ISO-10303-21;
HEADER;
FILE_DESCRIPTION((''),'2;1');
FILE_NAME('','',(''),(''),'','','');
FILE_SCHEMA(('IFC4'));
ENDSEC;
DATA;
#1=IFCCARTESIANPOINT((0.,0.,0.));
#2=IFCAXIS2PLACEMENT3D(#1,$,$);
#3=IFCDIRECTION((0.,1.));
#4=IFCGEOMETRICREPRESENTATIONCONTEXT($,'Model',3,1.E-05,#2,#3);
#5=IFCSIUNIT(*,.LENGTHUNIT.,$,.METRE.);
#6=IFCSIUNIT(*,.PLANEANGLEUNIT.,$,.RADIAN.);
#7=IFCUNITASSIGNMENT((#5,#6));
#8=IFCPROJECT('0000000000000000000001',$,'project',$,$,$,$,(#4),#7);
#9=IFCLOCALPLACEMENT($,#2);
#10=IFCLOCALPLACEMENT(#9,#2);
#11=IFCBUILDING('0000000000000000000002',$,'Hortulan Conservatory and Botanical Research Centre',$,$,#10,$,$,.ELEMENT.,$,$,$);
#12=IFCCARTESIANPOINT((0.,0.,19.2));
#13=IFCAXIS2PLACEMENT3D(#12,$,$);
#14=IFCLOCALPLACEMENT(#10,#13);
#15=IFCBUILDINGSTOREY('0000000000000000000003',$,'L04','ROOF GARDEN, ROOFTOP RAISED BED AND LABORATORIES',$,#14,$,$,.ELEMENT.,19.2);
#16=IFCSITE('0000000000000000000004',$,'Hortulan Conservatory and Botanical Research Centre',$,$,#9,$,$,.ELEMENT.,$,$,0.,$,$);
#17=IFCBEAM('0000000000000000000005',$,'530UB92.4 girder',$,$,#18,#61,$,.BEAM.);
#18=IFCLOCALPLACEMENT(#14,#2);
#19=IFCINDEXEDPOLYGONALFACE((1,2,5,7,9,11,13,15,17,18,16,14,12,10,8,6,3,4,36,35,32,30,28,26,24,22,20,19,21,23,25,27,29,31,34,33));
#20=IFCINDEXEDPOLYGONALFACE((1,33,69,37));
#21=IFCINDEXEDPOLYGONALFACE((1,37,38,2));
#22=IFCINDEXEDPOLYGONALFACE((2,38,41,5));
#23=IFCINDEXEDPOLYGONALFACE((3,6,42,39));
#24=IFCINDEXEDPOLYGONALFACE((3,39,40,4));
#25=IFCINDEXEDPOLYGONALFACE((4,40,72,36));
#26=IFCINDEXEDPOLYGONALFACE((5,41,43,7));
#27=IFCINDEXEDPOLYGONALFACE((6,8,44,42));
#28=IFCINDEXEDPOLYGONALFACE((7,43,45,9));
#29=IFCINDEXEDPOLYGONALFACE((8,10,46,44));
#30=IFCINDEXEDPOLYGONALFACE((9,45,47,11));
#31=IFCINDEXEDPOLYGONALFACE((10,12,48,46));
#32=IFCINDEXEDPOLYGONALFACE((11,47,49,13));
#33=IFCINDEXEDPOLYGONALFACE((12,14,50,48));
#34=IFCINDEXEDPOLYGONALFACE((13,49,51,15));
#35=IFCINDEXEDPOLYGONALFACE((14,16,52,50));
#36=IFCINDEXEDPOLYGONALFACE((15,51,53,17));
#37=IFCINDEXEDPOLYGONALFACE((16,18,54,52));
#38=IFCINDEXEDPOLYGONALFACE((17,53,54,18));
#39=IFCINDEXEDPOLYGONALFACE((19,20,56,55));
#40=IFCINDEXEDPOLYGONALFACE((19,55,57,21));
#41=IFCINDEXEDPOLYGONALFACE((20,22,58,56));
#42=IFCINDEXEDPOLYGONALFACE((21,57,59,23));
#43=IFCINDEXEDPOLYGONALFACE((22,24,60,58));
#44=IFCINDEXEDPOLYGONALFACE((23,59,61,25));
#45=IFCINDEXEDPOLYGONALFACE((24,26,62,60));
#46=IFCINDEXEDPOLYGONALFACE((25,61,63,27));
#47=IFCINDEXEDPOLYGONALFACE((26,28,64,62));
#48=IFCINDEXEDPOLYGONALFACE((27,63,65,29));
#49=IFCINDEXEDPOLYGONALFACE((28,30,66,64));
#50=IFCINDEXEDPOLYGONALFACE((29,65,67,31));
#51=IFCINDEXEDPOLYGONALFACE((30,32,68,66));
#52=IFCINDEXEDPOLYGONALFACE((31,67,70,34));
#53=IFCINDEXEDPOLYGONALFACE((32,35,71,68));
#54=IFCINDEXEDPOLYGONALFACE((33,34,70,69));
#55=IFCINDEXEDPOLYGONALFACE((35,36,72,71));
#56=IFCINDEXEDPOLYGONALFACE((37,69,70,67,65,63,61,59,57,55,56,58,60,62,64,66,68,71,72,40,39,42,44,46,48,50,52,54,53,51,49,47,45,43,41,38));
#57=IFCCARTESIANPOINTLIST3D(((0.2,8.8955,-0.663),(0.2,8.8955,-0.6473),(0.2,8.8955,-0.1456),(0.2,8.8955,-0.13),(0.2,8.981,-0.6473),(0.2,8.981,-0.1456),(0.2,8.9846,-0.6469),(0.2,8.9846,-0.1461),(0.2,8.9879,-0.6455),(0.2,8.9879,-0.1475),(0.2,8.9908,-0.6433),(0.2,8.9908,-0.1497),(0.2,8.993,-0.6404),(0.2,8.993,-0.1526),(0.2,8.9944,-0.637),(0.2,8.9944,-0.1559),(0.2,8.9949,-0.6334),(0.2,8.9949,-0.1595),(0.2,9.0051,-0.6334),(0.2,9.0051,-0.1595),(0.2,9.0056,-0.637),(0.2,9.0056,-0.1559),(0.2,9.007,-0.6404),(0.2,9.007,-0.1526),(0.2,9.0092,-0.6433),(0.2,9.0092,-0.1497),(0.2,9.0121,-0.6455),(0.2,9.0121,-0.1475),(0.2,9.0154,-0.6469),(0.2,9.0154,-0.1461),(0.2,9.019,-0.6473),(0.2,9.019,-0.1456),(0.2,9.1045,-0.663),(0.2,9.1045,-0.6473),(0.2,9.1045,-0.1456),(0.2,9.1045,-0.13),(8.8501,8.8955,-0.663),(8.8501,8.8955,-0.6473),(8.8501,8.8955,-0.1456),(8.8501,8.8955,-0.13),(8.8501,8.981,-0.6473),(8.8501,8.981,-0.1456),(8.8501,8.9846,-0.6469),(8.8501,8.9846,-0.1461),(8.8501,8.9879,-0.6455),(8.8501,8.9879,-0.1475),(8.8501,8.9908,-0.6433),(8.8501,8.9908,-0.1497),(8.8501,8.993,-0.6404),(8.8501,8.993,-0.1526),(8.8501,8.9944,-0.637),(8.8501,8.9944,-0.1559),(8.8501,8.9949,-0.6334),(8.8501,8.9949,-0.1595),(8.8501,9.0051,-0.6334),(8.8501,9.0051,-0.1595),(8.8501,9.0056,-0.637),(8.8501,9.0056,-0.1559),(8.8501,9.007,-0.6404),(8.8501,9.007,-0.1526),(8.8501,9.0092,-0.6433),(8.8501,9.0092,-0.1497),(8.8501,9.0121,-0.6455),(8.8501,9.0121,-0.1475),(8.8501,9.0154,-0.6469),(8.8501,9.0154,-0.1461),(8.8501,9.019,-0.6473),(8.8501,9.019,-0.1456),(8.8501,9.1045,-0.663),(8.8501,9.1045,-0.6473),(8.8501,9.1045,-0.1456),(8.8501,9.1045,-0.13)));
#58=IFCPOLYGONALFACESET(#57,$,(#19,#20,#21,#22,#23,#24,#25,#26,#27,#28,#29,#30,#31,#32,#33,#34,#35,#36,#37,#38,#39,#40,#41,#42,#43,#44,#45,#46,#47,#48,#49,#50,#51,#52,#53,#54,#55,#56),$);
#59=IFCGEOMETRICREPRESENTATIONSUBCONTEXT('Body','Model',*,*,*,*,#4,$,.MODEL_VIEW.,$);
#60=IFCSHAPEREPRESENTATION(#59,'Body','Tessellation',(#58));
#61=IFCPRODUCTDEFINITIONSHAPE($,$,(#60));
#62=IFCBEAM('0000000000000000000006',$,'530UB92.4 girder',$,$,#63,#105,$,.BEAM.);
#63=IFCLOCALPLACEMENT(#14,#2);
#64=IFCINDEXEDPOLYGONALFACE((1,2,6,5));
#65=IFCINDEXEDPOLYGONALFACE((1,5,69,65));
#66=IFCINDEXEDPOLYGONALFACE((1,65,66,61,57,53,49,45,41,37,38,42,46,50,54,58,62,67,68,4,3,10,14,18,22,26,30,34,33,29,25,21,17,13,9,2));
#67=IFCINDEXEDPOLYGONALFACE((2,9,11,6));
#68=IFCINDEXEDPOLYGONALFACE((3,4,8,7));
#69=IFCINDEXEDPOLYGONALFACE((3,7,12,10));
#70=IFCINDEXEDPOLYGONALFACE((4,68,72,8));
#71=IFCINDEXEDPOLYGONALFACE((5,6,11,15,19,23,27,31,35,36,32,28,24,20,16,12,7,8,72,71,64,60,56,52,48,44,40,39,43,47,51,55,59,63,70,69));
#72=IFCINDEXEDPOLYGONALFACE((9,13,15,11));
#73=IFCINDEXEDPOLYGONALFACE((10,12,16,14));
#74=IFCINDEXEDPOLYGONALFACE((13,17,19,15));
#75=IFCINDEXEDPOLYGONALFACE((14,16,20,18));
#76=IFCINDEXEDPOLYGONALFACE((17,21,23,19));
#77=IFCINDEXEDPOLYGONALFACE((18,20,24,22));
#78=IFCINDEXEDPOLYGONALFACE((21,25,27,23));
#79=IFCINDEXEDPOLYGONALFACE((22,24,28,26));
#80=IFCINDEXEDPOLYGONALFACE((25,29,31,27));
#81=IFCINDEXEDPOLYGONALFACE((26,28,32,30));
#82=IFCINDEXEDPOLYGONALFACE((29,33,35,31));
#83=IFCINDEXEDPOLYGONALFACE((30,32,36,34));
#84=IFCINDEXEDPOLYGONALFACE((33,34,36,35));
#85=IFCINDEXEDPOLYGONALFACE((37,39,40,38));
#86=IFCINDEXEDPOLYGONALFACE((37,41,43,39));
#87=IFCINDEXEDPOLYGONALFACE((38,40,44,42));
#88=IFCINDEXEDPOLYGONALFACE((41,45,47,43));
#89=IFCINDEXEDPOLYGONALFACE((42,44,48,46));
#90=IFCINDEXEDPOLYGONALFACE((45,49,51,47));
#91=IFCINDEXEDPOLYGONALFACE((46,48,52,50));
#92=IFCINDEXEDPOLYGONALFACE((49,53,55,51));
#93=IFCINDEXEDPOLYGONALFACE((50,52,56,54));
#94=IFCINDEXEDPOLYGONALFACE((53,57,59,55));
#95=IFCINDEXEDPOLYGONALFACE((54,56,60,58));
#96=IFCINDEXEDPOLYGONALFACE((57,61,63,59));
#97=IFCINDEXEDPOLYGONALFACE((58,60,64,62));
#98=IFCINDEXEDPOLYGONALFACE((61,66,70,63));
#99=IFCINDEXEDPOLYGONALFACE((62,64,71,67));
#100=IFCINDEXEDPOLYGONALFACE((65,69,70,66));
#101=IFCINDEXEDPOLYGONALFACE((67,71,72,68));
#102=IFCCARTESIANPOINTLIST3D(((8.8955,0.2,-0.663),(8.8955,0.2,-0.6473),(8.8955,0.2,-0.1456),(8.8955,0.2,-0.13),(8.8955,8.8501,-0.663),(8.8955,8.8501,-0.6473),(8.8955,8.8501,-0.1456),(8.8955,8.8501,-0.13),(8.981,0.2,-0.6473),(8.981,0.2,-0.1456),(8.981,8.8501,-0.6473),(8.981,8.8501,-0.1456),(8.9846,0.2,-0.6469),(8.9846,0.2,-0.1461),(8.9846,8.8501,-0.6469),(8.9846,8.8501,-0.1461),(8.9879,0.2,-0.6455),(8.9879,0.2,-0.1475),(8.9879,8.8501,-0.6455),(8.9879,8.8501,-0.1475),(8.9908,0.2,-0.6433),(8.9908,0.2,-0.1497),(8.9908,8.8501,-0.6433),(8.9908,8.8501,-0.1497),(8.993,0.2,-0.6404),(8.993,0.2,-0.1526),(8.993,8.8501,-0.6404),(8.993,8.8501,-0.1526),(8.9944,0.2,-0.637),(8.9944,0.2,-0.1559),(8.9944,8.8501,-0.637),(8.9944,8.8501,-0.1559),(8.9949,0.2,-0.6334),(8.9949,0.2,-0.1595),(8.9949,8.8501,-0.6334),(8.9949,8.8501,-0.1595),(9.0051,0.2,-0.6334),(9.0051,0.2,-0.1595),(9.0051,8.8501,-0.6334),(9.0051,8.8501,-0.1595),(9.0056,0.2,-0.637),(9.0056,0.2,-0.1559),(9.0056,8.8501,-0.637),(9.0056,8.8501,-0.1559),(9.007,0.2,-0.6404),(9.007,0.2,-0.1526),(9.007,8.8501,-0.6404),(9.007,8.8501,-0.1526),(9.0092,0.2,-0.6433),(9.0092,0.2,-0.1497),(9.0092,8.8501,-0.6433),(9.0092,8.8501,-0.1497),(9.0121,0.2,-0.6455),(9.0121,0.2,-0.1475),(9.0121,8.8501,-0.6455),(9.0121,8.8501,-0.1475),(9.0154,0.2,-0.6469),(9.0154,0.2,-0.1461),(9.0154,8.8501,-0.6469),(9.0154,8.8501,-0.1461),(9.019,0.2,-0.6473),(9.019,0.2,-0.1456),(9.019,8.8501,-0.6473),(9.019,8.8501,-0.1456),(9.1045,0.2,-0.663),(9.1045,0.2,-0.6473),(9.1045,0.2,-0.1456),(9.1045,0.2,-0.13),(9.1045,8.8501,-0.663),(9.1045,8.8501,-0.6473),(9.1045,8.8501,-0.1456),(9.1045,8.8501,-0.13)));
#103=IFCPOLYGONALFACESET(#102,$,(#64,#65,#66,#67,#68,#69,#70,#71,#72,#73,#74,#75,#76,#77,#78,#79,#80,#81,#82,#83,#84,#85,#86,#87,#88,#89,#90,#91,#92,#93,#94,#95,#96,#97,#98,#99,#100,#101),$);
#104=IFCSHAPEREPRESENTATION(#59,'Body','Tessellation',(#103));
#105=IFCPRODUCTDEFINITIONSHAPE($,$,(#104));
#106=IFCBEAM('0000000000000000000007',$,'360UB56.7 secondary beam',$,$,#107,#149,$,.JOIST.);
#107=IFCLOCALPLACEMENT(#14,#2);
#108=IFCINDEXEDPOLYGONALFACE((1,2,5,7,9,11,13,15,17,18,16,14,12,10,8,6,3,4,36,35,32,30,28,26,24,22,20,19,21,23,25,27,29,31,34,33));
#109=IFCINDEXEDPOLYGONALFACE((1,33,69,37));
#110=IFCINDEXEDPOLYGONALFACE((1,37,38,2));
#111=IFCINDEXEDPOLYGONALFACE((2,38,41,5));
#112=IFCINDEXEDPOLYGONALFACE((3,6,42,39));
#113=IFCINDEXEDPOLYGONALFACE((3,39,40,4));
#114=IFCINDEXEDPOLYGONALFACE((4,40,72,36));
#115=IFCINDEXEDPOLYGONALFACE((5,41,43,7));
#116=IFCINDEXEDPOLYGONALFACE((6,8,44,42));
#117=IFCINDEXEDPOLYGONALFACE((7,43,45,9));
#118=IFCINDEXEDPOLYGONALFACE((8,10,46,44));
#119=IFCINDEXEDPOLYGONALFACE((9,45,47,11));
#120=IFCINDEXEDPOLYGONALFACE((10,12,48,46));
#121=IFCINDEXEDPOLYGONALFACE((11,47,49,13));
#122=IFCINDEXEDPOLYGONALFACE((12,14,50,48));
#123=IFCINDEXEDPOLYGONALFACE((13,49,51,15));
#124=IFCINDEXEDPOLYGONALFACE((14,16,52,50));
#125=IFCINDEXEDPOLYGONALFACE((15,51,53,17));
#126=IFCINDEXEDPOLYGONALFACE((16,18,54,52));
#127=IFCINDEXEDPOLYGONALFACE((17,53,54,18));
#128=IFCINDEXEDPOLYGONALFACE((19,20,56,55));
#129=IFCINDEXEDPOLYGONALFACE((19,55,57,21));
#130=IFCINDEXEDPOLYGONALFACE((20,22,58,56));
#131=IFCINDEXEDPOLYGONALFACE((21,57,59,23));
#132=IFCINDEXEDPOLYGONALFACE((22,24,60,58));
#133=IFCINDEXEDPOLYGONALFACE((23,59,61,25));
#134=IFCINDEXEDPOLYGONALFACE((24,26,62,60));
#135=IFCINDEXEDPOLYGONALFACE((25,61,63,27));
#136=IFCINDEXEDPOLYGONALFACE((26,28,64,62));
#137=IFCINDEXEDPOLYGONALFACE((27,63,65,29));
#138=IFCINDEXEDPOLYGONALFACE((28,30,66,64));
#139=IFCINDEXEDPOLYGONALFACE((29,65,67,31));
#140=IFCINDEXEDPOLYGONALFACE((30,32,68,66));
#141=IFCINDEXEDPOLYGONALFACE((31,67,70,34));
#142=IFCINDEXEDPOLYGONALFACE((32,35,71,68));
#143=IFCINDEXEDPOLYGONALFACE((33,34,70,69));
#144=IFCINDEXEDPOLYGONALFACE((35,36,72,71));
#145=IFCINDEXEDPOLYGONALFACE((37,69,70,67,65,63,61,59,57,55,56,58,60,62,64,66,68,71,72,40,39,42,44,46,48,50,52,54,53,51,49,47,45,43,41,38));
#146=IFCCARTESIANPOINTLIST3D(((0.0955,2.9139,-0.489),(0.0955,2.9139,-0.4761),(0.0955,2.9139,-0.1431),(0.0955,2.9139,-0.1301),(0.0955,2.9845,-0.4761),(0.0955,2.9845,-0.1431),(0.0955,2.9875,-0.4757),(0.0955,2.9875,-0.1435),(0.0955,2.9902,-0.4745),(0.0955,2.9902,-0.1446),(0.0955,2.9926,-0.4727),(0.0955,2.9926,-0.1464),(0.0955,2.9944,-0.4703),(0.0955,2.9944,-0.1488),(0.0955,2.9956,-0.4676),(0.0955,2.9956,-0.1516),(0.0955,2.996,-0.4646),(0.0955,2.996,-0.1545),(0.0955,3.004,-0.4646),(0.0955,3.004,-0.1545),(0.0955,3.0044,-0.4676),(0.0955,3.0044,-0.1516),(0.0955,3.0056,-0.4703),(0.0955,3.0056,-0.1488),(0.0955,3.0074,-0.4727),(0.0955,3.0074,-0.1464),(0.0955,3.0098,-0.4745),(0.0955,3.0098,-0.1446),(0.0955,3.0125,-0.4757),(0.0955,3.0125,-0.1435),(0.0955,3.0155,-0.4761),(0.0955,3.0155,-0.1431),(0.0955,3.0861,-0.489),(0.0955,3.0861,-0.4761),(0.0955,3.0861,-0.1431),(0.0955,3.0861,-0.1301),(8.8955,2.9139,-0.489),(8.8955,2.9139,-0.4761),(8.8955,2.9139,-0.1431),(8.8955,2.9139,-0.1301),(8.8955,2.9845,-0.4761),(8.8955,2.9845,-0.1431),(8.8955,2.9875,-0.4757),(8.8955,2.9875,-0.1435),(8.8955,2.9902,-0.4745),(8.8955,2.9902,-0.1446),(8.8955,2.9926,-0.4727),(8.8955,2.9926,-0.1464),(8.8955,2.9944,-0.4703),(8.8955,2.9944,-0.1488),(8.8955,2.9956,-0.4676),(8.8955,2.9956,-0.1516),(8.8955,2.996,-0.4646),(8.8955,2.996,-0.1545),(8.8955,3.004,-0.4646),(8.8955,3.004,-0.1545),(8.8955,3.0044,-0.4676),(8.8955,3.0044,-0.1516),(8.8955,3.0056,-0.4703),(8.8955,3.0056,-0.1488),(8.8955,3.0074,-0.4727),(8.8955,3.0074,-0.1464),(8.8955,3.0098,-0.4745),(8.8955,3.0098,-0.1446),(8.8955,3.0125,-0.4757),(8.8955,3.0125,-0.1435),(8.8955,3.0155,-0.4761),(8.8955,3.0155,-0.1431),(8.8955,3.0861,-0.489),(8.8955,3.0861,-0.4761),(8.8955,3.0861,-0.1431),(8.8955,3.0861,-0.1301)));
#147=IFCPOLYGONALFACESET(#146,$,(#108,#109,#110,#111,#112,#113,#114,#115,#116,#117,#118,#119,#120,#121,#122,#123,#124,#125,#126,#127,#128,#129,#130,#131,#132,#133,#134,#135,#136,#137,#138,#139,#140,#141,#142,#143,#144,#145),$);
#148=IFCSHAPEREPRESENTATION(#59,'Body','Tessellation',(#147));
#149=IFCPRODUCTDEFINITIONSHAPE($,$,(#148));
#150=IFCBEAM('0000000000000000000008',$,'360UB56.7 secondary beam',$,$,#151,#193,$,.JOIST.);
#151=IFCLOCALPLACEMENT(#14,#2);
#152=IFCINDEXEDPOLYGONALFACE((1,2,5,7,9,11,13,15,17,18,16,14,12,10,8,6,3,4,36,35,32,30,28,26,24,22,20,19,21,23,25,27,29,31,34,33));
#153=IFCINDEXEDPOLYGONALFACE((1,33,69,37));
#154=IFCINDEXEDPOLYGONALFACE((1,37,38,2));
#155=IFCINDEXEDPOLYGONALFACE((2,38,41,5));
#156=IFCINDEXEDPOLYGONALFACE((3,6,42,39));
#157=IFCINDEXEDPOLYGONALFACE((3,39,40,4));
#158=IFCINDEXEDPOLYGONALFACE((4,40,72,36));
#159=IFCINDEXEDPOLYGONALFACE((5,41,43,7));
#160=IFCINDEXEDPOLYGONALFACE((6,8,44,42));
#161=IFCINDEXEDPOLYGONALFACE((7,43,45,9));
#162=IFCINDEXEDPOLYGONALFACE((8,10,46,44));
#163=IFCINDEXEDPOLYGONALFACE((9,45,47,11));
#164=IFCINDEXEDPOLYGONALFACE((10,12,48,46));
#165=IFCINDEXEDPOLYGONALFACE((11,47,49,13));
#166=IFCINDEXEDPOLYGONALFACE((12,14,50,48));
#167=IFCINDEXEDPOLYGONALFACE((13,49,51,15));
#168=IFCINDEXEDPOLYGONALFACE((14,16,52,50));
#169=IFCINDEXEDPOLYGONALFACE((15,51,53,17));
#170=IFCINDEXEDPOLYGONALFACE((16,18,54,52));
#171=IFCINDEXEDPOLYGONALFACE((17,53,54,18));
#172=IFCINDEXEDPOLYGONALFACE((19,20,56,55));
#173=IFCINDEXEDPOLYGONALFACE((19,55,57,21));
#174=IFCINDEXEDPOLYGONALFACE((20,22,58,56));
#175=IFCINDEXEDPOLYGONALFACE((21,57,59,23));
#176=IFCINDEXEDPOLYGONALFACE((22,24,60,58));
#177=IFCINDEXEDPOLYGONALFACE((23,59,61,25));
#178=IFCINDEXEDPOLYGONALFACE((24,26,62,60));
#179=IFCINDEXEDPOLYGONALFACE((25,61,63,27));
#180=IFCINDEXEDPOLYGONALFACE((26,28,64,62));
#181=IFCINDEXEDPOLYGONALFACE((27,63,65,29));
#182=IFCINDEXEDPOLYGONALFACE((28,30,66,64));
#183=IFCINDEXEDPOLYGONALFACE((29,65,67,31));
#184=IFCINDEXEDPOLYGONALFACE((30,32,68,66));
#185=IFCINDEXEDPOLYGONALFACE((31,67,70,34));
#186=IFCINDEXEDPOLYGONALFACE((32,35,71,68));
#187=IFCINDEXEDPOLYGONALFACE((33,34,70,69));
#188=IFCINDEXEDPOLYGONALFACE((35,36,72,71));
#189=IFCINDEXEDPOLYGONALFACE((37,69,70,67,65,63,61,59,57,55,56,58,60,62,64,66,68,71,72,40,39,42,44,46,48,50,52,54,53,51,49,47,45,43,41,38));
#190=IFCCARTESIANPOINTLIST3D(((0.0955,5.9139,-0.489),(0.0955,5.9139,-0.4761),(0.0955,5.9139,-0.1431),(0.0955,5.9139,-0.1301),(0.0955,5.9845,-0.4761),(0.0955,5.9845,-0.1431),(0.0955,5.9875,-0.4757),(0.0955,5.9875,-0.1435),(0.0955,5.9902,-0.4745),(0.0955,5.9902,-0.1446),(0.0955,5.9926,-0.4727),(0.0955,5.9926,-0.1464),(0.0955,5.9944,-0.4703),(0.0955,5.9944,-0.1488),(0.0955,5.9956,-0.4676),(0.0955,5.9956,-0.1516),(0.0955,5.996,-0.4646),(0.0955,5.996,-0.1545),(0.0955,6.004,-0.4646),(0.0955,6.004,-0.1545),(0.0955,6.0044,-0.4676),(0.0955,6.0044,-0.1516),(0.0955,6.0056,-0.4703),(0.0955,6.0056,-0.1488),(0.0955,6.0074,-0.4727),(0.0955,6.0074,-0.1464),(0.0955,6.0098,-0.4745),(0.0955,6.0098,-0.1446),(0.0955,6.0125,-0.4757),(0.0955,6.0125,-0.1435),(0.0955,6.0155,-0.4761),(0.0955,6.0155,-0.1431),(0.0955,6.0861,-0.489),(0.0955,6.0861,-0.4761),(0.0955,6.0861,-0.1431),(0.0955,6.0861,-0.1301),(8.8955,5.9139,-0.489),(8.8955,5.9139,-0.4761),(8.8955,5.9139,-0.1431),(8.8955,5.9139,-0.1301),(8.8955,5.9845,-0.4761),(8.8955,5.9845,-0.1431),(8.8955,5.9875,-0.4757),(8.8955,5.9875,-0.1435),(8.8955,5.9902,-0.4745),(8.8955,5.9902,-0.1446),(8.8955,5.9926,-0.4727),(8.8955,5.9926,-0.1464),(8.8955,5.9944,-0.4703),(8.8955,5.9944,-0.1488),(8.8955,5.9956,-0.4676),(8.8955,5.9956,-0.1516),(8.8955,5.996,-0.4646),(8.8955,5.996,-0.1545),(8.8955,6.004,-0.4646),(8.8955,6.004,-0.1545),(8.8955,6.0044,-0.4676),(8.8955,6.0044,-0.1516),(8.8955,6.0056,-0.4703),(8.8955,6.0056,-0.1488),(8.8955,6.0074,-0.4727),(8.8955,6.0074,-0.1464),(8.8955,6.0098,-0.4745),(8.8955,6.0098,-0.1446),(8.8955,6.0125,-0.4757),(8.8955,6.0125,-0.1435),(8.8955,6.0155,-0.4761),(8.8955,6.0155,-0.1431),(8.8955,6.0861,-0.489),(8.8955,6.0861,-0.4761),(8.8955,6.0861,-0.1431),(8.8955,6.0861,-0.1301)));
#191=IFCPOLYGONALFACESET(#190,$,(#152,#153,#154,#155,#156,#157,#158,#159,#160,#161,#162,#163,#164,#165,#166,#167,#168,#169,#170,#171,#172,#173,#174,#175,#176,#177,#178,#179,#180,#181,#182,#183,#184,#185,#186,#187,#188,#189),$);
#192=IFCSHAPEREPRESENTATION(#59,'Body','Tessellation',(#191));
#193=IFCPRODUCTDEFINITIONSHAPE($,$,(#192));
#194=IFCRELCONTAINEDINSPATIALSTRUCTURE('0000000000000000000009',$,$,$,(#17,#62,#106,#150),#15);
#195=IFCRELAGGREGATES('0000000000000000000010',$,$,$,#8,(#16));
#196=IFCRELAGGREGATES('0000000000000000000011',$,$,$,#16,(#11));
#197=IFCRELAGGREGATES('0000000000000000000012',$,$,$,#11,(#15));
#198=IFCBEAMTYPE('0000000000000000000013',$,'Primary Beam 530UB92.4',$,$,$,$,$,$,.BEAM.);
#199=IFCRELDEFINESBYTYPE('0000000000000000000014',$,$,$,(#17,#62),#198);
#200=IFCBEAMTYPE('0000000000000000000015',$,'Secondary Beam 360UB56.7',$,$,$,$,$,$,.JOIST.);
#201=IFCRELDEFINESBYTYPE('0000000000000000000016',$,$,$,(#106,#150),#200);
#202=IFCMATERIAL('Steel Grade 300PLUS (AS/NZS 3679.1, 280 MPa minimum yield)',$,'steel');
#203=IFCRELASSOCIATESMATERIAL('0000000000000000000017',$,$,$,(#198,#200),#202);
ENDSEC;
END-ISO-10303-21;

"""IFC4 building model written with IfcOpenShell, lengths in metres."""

from ifc_helpers import new_model, si_unit, direction, frame, origin, origin_2d, place, context, subcontext, project, spatial, i_section, extrude, material, material_profile, profile_set, type_object, element, save


model = new_model("IFC4")

# Units and contexts
model_context = context("Model", 3, precision=1e-05, world=origin(), true_north=direction((0.0, 1.0)))
body_context = subcontext(model_context, "Body", "Model", "MODEL_VIEW")
ifc_project = project(units=[si_unit("LENGTHUNIT", "METRE"), si_unit("PLANEANGLEUNIT", "RADIAN")], contexts=[model_context])

# Site, building, storey
site_placement = place(None, origin())
site = spatial("IfcSite", under=ifc_project, at=site_placement, Name="Hortulan Conservatory and Botanical Research Centre", CompositionType="ELEMENT", RefElevation=0.0)
building_placement = place(site_placement, origin())
building = spatial("IfcBuilding", under=site, at=building_placement, Name="Hortulan Conservatory and Botanical Research Centre", CompositionType="ELEMENT")
storey_placement = place(building_placement, frame((0.0, 0.0, 19.2)))
storey = spatial("IfcBuildingStorey", under=building, at=storey_placement, Name="L04", Description="ROOF GARDEN, ROOFTOP RAISED BED AND LABORATORIES", CompositionType="ELEMENT", Elevation=19.2)

# Beams
ifc_material_1 = material(Name="Steel Grade 300PLUS (AS/NZS 3679.1, 280 MPa minimum yield)", Category="steel")
ifc_material_profile_1 = material_profile(ifc_material_1, i_section(OverallWidth=0.209, OverallDepth=0.533, WebThickness=0.0103, FlangeThickness=0.0156, FilletRadius=0.0139, at=origin_2d()), Name="530UB92.4")
ifc_profile_set_1 = profile_set([ifc_material_profile_1], Name="Steel Grade 300PLUS (AS/NZS 3679.1, 280 MPa minimum yield)")
beam_type_1 = type_object("IfcBeamType", Name="Primary Beam 530UB92.4", PredefinedType="BEAM", material=ifc_profile_set_1)
for number, where, z_axis, x_axis, name in (
    (1, (0.2, 9.0, -0.3965), (1.0, 0.0, 0.0), (0.0, 1.0, 0.0), "530UB92.4 girder"),
    (2, (9.0, 0.2, -0.3965), (0.0, 1.0, 0.0), (-1.0, 0.0, 0.0), "530UB92.4 girder"),
):
    element("IfcBeam", number, at=place(storey_placement, frame(where, z_axis=z_axis, x_axis=x_axis)), inside=storey, type_object=beam_type_1, Name=name, PredefinedType="BEAM", context=body_context, shape_type="SweptSolid", body=[
        extrude(i_section(OverallWidth=0.209, OverallDepth=0.533, WebThickness=0.0103, FlangeThickness=0.0156, FilletRadius=0.0139, at=origin_2d()), origin(), (0.0, 0.0, 1.0), 8.6501),
    ])
ifc_material_profile_2 = material_profile(ifc_material_1, i_section(OverallWidth=0.1721, OverallDepth=0.3589, WebThickness=0.0081, FlangeThickness=0.0129, FilletRadius=0.0115, at=origin_2d()), Name="360UB56.7")
ifc_profile_set_2 = profile_set([ifc_material_profile_2], Name="Steel Grade 300PLUS (AS/NZS 3679.1, 280 MPa minimum yield)")
beam_type_2 = type_object("IfcBeamType", Name="Secondary Beam 360UB56.7", PredefinedType="JOIST", material=ifc_profile_set_2)
for number, where, z_axis, x_axis, name in (
    (3, (0.0955, 3.0, -0.3096), (1.0, 0.0, 0.0), (0.0, 1.0, 0.0), "360UB56.7 secondary beam"),
    (4, (0.0955, 6.0, -0.3096), (1.0, 0.0, 0.0), (0.0, 1.0, 0.0), "360UB56.7 secondary beam"),
):
    element("IfcBeam", number, at=place(storey_placement, frame(where, z_axis=z_axis, x_axis=x_axis)), inside=storey, type_object=beam_type_2, Name=name, PredefinedType="JOIST", context=body_context, shape_type="SweptSolid", body=[
        extrude(i_section(OverallWidth=0.1721, OverallDepth=0.3589, WebThickness=0.0081, FlangeThickness=0.0129, FilletRadius=0.0115, at=origin_2d()), origin(), (0.0, 0.0, 1.0), 8.8),
    ])

save(model, "model.ifc")
